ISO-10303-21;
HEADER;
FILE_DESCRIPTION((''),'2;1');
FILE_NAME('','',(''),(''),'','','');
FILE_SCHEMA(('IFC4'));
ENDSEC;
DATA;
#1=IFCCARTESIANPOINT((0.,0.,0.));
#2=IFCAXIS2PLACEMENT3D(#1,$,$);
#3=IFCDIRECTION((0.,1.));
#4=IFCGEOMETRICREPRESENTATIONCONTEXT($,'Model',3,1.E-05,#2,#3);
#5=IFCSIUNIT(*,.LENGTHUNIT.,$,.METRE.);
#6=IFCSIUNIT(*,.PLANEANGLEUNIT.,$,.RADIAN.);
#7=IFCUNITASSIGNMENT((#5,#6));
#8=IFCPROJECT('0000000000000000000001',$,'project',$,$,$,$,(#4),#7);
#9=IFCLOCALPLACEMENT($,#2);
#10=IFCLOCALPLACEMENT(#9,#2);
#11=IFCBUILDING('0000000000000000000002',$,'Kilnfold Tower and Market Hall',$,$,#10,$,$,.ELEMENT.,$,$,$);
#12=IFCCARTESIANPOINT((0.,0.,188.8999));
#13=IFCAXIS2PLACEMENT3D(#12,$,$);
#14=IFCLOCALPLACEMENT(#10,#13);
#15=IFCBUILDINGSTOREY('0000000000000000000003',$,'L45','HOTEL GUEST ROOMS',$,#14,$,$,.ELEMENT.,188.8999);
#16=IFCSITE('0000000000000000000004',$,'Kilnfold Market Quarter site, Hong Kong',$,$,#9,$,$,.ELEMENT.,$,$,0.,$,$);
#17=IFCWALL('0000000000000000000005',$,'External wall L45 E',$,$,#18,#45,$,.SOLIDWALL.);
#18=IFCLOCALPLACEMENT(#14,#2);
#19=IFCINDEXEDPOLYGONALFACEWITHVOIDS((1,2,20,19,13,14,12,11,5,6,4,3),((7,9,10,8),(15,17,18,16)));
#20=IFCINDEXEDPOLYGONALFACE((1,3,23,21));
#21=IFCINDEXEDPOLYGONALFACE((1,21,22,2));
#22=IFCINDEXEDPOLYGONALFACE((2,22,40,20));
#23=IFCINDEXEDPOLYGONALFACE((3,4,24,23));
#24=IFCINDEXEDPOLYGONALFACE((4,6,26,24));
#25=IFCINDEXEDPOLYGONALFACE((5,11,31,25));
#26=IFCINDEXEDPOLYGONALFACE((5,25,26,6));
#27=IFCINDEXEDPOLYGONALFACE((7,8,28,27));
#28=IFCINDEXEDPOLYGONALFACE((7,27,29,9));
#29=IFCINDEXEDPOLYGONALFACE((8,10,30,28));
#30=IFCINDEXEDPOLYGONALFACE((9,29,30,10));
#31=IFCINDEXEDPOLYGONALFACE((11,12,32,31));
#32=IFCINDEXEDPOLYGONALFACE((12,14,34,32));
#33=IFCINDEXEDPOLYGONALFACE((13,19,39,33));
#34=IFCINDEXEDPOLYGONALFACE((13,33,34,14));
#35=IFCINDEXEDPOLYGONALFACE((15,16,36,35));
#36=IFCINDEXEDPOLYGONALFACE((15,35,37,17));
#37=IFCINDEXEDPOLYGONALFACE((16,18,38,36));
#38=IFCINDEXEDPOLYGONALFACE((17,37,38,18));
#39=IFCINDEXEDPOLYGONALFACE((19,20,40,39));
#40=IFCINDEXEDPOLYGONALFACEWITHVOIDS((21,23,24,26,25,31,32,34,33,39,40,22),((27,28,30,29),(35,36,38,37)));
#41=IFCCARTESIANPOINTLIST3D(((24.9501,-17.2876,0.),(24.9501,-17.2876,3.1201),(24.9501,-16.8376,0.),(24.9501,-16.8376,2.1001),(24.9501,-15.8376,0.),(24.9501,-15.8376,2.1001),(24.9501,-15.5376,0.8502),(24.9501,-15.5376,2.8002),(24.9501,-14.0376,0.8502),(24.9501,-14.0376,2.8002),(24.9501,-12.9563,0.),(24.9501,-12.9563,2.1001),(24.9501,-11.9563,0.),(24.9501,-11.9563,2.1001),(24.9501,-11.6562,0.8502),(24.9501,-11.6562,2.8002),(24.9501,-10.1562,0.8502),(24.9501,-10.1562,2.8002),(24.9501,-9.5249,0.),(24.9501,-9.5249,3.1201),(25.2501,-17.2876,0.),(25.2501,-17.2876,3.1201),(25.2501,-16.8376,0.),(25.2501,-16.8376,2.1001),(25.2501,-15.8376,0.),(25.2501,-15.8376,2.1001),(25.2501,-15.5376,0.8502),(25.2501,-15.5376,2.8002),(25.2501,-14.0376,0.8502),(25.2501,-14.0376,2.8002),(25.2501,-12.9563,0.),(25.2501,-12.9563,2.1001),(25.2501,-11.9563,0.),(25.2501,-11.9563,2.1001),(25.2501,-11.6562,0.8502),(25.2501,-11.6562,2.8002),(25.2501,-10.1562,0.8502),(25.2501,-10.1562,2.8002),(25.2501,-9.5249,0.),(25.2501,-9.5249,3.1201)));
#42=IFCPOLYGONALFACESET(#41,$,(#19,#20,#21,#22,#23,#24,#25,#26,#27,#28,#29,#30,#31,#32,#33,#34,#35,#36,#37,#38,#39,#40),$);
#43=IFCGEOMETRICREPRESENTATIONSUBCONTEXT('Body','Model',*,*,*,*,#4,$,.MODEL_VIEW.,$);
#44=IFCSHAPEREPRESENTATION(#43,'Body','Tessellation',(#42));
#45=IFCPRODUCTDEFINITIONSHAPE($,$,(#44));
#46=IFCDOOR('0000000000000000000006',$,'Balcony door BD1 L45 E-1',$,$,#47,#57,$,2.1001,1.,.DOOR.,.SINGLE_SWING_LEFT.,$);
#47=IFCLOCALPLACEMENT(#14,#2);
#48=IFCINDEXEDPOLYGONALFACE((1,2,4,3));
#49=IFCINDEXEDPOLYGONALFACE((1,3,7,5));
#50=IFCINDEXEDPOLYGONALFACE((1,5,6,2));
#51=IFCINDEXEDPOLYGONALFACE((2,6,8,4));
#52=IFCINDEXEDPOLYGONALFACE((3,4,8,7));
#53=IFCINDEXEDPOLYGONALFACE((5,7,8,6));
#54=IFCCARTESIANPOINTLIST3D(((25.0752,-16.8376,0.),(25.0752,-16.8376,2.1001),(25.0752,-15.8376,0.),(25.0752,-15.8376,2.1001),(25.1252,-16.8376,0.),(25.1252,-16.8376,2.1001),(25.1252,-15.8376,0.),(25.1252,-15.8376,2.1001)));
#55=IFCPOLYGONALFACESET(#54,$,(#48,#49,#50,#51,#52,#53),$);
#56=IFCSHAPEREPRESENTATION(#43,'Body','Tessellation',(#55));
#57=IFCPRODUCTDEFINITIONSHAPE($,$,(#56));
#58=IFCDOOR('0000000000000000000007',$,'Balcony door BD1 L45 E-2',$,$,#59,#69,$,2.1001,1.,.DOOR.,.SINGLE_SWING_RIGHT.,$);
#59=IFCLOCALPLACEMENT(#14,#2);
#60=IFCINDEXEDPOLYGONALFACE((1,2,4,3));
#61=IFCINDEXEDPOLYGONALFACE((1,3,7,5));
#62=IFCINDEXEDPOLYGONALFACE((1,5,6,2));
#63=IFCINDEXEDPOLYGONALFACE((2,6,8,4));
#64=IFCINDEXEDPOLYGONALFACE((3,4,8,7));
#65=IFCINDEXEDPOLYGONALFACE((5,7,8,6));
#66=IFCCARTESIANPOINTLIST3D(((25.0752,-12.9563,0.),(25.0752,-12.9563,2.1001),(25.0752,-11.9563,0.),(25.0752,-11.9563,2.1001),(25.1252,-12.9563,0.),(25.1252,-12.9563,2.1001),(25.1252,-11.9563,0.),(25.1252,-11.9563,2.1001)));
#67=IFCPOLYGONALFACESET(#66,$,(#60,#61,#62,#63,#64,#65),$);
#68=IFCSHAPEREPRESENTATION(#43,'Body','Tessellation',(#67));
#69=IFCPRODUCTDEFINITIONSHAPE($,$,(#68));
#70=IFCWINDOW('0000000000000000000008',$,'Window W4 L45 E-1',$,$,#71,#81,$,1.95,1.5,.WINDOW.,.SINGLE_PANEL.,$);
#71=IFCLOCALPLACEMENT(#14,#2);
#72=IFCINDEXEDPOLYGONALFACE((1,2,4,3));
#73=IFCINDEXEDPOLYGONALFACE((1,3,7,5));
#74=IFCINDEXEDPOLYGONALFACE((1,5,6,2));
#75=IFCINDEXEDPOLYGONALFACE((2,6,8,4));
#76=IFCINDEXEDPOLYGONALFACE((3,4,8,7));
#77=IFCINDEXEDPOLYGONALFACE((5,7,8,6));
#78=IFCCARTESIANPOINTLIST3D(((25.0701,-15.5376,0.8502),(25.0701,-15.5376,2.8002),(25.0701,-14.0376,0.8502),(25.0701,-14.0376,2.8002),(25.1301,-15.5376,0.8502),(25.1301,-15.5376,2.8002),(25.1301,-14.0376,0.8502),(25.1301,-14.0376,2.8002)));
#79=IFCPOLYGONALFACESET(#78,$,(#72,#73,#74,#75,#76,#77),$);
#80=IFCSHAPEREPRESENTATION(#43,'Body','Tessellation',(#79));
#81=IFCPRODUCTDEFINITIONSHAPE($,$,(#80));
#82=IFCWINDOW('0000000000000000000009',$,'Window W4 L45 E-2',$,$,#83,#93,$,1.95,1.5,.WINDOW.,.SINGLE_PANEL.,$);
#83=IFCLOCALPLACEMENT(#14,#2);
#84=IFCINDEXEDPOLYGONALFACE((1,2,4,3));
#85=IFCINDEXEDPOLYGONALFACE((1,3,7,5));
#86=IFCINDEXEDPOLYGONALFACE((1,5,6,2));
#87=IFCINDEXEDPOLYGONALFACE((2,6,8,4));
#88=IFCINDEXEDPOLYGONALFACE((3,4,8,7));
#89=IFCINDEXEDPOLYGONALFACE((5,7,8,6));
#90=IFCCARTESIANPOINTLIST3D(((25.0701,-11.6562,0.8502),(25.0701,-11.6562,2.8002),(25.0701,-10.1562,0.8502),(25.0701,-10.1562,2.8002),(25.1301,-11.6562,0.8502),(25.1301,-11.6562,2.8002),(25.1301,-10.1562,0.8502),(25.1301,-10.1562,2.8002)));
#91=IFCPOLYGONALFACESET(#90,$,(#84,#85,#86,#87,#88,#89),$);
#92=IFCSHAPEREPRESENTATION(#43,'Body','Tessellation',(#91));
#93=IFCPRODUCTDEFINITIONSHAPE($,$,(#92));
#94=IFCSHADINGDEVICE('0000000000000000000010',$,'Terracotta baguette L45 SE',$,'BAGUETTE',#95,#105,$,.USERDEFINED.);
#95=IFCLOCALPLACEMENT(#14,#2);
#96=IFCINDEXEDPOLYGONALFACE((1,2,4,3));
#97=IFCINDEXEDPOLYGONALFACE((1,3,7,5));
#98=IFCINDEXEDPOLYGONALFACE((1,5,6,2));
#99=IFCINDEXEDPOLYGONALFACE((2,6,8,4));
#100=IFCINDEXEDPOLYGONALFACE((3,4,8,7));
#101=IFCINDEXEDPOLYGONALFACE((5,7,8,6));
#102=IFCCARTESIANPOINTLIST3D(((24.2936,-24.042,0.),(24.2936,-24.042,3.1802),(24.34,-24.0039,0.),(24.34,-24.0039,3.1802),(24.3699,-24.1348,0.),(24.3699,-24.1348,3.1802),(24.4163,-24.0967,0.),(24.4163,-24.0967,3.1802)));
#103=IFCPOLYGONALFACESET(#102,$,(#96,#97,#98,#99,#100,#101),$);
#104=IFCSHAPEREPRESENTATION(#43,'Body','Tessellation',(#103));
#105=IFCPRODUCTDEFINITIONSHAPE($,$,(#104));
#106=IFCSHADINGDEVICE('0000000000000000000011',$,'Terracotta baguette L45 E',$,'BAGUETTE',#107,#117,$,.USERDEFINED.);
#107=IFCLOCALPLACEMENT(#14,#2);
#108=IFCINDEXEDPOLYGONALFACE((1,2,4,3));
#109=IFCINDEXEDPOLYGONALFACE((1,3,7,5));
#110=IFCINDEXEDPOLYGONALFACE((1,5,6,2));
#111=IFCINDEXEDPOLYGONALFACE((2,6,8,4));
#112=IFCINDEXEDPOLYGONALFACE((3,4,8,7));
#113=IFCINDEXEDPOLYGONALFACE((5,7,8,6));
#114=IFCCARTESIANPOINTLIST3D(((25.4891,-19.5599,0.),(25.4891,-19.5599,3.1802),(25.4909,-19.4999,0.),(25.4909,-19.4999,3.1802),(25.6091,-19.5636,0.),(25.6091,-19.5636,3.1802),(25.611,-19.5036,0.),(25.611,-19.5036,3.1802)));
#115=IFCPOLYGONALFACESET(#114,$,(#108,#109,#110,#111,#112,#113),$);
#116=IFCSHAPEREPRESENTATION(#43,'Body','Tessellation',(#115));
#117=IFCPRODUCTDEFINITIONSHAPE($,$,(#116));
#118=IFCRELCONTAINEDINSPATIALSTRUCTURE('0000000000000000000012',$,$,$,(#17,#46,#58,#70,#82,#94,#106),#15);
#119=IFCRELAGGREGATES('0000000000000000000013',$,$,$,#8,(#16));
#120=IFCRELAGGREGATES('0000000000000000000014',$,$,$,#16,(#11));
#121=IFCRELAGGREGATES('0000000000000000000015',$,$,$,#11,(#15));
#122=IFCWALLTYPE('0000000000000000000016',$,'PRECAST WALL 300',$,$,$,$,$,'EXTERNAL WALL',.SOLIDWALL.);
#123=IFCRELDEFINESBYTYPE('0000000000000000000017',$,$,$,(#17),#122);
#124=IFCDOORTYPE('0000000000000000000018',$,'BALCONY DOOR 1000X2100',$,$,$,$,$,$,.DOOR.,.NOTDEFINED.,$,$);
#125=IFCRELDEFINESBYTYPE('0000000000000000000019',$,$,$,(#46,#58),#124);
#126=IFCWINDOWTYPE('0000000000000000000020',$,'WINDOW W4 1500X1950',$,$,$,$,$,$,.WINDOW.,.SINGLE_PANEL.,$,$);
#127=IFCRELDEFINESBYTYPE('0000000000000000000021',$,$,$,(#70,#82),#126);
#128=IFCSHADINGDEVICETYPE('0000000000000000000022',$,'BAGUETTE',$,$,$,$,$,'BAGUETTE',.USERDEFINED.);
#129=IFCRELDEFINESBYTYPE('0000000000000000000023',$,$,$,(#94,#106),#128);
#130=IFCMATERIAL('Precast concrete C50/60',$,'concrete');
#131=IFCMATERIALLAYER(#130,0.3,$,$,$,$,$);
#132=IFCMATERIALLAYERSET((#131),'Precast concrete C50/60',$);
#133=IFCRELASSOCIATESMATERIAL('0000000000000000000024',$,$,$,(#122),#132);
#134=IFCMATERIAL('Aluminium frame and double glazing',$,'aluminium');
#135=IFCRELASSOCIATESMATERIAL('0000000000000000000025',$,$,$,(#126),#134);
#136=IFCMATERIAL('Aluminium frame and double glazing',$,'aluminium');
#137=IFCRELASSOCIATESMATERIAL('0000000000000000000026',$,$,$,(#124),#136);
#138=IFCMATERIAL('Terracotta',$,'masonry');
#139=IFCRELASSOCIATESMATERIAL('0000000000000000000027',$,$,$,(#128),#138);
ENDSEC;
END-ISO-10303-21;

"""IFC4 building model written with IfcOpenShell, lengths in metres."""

from ifc_helpers import new_model, si_unit, direction, frame, frame_2d, origin, origin_2d, place, context, subcontext, project, spatial, rectangle, extrude, source, transform, mapped, material, layer, layer_set, material_profile, profile_set, type_object, element, fill, save


model = new_model("IFC4")

# Units and contexts
model_context = context("Model", 3, precision=1e-05, world=origin(), true_north=direction((0.0, 1.0)))
body_context = subcontext(model_context, "Body", "Model", "MODEL_VIEW")
ifc_project = project(units=[si_unit("LENGTHUNIT", "METRE"), si_unit("PLANEANGLEUNIT", "RADIAN")], contexts=[model_context])

# Site, building, storey
site_placement = place(None, origin())
site = spatial("IfcSite", under=ifc_project, at=site_placement, Name="Kilnfold Market Quarter site, Hong Kong", CompositionType="ELEMENT", RefElevation=0.0)
building_placement = place(site_placement, origin())
building = spatial("IfcBuilding", under=site, at=building_placement, Name="Kilnfold Tower and Market Hall", CompositionType="ELEMENT")
storey_placement = place(building_placement, frame((0.0, 0.0, 188.8999)))
storey = spatial("IfcBuildingStorey", under=building, at=storey_placement, Name="L45", Description="HOTEL GUEST ROOMS", CompositionType="ELEMENT", Elevation=188.8999)

# Shared definitions
ifc_material_1 = material(Name="Precast concrete C50/60", Category="concrete")
ifc_layer_1 = layer(ifc_material_1, 0.3)
ifc_layer_set_1 = layer_set([ifc_layer_1], Name="Precast concrete C50/60")
wall_type_1 = type_object("IfcWallType", Name="PRECAST WALL 300", ElementType="EXTERNAL WALL", PredefinedType="SOLIDWALL", material=ifc_layer_set_1)
ifc_material_2 = material(Name="Aluminium frame and double glazing", Category="aluminium")
window_type = type_object("IfcWindowType", Name="WINDOW W4 1500X1950", PartitioningType="SINGLE_PANEL", PredefinedType="WINDOW", material=ifc_material_2)

# Wall, openings, doors, windows
shared_shape_1 = source(origin(), body_context, "Body", "SweptSolid", [
    extrude(rectangle(XDim=7.7627, YDim=0.3, at=frame_2d((3.8813, 0.0))), origin(), (0.0, 0.0, 1.0), 3.1201),
])
wall_1_placement = place(storey_placement, frame((25.1001, -17.2876, 0.0), z_axis=(0.0, 0.0, 1.0), x_axis=(0.0, 1.0, 0.0)))
wall_1 = element("IfcWall", 1, at=wall_1_placement, inside=storey, type_object=wall_type_1, Name="External wall L45 E", PredefinedType="SOLIDWALL", context=body_context, shape_type="MappedRepresentation", body=[
    mapped(shared_shape_1, transform((0.0, 0.0, 0.0))),
])
opening_1_placement = place(wall_1_placement, frame((1.75, 0.0, 0.8501)))
opening_1 = element("IfcOpeningElement", 2, at=opening_1_placement, cuts=wall_1, PredefinedType="OPENING", context=body_context, shape_type="SweptSolid", body=[
    extrude(rectangle(XDim=1.5, YDim=1.95, at=frame_2d((0.75, 0.9751))), frame((0.0, 0.1602, 0.0), z_axis=(0.0, -1.0, 0.0), x_axis=(1.0, 0.0, 0.0)), (0.0, 0.0, 1.0), 0.3201),
])
opening_2_placement = place(wall_1_placement, frame((0.45, 0.0, 0.0)))
opening_2 = element("IfcOpeningElement", 3, at=opening_2_placement, cuts=wall_1, PredefinedType="OPENING", context=body_context, shape_type="SweptSolid", body=[
    extrude(rectangle(XDim=1.0, YDim=2.1001, at=frame_2d((0.5, 1.05))), frame((0.0, 0.1602, 0.0), z_axis=(0.0, -1.0, 0.0), x_axis=(1.0, 0.0, 0.0)), (0.0, 0.0, 1.0), 0.3201),
])
opening_3_placement = place(wall_1_placement, frame((5.6313, 0.0, 0.8501)))
opening_3 = element("IfcOpeningElement", 4, at=opening_3_placement, cuts=wall_1, PredefinedType="OPENING", context=body_context, shape_type="SweptSolid", body=[
    extrude(rectangle(XDim=1.5, YDim=1.95, at=frame_2d((0.75, 0.9751))), frame((0.0, 0.1602, 0.0), z_axis=(0.0, -1.0, 0.0), x_axis=(1.0, 0.0, 0.0)), (0.0, 0.0, 1.0), 0.3201),
])
opening_4_placement = place(wall_1_placement, frame((4.3313, 0.0, 0.0)))
opening_4 = element("IfcOpeningElement", 5, at=opening_4_placement, cuts=wall_1, PredefinedType="OPENING", context=body_context, shape_type="SweptSolid", body=[
    extrude(rectangle(XDim=1.0, YDim=2.1001, at=frame_2d((0.5, 1.05))), frame((0.0, 0.1602, 0.0), z_axis=(0.0, -1.0, 0.0), x_axis=(1.0, 0.0, 0.0)), (0.0, 0.0, 1.0), 0.3201),
])
ifc_material_3 = material(Name="Aluminium frame and double glazing", Category="aluminium")
door_type = type_object("IfcDoorType", Name="BALCONY DOOR 1000X2100", OperationType="NOTDEFINED", PredefinedType="DOOR", material=ifc_material_3)
door_1_placement = place(opening_2_placement, origin())
door_1 = element("IfcDoor", 6, at=door_1_placement, inside=storey, type_object=door_type, Name="Balcony door BD1 L45 E-1", OperationType="SINGLE_SWING_LEFT", OverallHeight=2.1001, OverallWidth=1.0, PredefinedType="DOOR", context=body_context, shape_type="SweptSolid", body=[
    extrude(rectangle(XDim=1.0, YDim=2.1001, at=frame_2d((0.5, 1.05))), frame((0.0, 0.0249, 0.0), z_axis=(0.0, -1.0, 0.0), x_axis=(1.0, 0.0, 0.0)), (0.0, 0.0, 1.0), 0.05),
])
fill(opening_2, door_1)
door_2_placement = place(opening_4_placement, origin())
door_2 = element("IfcDoor", 7, at=door_2_placement, inside=storey, type_object=door_type, Name="Balcony door BD1 L45 E-2", OperationType="SINGLE_SWING_RIGHT", OverallHeight=2.1001, OverallWidth=1.0, PredefinedType="DOOR", context=body_context, shape_type="SweptSolid", body=[
    extrude(rectangle(XDim=1.0, YDim=2.1001, at=frame_2d((0.5, 1.05))), frame((0.0, 0.0249, 0.0), z_axis=(0.0, -1.0, 0.0), x_axis=(1.0, 0.0, 0.0)), (0.0, 0.0, 1.0), 0.05),
])
fill(opening_4, door_2)
window_1_placement = place(opening_1_placement, origin())
window_1 = element("IfcWindow", 8, at=window_1_placement, inside=storey, type_object=window_type, Name="Window W4 L45 E-1", OverallHeight=1.95, OverallWidth=1.5, PartitioningType="SINGLE_PANEL", PredefinedType="WINDOW", context=body_context, shape_type="SweptSolid", body=[
    extrude(rectangle(XDim=1.5, YDim=1.95, at=frame_2d((0.75, 0.9751))), frame((0.0, 0.03, 0.0), z_axis=(0.0, -1.0, 0.0), x_axis=(1.0, 0.0, 0.0)), (0.0, 0.0, 1.0), 0.0601),
])
fill(opening_1, window_1)
window_2_placement = place(opening_3_placement, origin())
window_2 = element("IfcWindow", 9, at=window_2_placement, inside=storey, type_object=window_type, Name="Window W4 L45 E-2", OverallHeight=1.95, OverallWidth=1.5, PartitioningType="SINGLE_PANEL", PredefinedType="WINDOW", context=body_context, shape_type="SweptSolid", body=[
    extrude(rectangle(XDim=1.5, YDim=1.95, at=frame_2d((0.75, 0.9751))), frame((0.0, 0.03, 0.0), z_axis=(0.0, -1.0, 0.0), x_axis=(1.0, 0.0, 0.0)), (0.0, 0.0, 1.0), 0.0601),
])
fill(opening_3, window_2)

# Shading devices
ifc_material_4 = material(Name="Terracotta", Category="masonry")
ifc_material_profile_1 = material_profile(ifc_material_4, rectangle(XDim=0.0601, YDim=0.1201, at=origin_2d()), Name="BAG 60x120")
ifc_profile_set_1 = profile_set([ifc_material_profile_1], Name="Terracotta")
shading_device_type = type_object("IfcShadingDeviceType", Name="BAGUETTE", ElementType="BAGUETTE", PredefinedType="USERDEFINED", material=ifc_profile_set_1)
shared_shape_2 = source(origin(), body_context, "Body", "SweptSolid", [
    extrude(rectangle(XDim=0.0601, YDim=0.1201, at=origin_2d()), origin(), (0.0, 0.0, 1.0), 3.1802),
])
for number, where, z_axis, x_axis, name in (
    (10, (24.355, -24.0693, 0.0), (0.0, 0.0, 1.0), (0.772454, 0.63507, 0.0), "Terracotta baguette L45 SE"),
    (11, (25.55, -19.5317, 0.0), (0.0, 0.0, 1.0), (0.030945, 0.999521, 0.0), "Terracotta baguette L45 E"),
):
    element("IfcShadingDevice", number, at=place(storey_placement, frame(where, z_axis=z_axis, x_axis=x_axis)), inside=storey, type_object=shading_device_type, Name=name, ObjectType="BAGUETTE", PredefinedType="USERDEFINED", context=body_context, shape_type="MappedRepresentation", body=[
        mapped(shared_shape_2, transform((0.0, 0.0, 0.0))),
    ])

save(model, "model.ifc")
